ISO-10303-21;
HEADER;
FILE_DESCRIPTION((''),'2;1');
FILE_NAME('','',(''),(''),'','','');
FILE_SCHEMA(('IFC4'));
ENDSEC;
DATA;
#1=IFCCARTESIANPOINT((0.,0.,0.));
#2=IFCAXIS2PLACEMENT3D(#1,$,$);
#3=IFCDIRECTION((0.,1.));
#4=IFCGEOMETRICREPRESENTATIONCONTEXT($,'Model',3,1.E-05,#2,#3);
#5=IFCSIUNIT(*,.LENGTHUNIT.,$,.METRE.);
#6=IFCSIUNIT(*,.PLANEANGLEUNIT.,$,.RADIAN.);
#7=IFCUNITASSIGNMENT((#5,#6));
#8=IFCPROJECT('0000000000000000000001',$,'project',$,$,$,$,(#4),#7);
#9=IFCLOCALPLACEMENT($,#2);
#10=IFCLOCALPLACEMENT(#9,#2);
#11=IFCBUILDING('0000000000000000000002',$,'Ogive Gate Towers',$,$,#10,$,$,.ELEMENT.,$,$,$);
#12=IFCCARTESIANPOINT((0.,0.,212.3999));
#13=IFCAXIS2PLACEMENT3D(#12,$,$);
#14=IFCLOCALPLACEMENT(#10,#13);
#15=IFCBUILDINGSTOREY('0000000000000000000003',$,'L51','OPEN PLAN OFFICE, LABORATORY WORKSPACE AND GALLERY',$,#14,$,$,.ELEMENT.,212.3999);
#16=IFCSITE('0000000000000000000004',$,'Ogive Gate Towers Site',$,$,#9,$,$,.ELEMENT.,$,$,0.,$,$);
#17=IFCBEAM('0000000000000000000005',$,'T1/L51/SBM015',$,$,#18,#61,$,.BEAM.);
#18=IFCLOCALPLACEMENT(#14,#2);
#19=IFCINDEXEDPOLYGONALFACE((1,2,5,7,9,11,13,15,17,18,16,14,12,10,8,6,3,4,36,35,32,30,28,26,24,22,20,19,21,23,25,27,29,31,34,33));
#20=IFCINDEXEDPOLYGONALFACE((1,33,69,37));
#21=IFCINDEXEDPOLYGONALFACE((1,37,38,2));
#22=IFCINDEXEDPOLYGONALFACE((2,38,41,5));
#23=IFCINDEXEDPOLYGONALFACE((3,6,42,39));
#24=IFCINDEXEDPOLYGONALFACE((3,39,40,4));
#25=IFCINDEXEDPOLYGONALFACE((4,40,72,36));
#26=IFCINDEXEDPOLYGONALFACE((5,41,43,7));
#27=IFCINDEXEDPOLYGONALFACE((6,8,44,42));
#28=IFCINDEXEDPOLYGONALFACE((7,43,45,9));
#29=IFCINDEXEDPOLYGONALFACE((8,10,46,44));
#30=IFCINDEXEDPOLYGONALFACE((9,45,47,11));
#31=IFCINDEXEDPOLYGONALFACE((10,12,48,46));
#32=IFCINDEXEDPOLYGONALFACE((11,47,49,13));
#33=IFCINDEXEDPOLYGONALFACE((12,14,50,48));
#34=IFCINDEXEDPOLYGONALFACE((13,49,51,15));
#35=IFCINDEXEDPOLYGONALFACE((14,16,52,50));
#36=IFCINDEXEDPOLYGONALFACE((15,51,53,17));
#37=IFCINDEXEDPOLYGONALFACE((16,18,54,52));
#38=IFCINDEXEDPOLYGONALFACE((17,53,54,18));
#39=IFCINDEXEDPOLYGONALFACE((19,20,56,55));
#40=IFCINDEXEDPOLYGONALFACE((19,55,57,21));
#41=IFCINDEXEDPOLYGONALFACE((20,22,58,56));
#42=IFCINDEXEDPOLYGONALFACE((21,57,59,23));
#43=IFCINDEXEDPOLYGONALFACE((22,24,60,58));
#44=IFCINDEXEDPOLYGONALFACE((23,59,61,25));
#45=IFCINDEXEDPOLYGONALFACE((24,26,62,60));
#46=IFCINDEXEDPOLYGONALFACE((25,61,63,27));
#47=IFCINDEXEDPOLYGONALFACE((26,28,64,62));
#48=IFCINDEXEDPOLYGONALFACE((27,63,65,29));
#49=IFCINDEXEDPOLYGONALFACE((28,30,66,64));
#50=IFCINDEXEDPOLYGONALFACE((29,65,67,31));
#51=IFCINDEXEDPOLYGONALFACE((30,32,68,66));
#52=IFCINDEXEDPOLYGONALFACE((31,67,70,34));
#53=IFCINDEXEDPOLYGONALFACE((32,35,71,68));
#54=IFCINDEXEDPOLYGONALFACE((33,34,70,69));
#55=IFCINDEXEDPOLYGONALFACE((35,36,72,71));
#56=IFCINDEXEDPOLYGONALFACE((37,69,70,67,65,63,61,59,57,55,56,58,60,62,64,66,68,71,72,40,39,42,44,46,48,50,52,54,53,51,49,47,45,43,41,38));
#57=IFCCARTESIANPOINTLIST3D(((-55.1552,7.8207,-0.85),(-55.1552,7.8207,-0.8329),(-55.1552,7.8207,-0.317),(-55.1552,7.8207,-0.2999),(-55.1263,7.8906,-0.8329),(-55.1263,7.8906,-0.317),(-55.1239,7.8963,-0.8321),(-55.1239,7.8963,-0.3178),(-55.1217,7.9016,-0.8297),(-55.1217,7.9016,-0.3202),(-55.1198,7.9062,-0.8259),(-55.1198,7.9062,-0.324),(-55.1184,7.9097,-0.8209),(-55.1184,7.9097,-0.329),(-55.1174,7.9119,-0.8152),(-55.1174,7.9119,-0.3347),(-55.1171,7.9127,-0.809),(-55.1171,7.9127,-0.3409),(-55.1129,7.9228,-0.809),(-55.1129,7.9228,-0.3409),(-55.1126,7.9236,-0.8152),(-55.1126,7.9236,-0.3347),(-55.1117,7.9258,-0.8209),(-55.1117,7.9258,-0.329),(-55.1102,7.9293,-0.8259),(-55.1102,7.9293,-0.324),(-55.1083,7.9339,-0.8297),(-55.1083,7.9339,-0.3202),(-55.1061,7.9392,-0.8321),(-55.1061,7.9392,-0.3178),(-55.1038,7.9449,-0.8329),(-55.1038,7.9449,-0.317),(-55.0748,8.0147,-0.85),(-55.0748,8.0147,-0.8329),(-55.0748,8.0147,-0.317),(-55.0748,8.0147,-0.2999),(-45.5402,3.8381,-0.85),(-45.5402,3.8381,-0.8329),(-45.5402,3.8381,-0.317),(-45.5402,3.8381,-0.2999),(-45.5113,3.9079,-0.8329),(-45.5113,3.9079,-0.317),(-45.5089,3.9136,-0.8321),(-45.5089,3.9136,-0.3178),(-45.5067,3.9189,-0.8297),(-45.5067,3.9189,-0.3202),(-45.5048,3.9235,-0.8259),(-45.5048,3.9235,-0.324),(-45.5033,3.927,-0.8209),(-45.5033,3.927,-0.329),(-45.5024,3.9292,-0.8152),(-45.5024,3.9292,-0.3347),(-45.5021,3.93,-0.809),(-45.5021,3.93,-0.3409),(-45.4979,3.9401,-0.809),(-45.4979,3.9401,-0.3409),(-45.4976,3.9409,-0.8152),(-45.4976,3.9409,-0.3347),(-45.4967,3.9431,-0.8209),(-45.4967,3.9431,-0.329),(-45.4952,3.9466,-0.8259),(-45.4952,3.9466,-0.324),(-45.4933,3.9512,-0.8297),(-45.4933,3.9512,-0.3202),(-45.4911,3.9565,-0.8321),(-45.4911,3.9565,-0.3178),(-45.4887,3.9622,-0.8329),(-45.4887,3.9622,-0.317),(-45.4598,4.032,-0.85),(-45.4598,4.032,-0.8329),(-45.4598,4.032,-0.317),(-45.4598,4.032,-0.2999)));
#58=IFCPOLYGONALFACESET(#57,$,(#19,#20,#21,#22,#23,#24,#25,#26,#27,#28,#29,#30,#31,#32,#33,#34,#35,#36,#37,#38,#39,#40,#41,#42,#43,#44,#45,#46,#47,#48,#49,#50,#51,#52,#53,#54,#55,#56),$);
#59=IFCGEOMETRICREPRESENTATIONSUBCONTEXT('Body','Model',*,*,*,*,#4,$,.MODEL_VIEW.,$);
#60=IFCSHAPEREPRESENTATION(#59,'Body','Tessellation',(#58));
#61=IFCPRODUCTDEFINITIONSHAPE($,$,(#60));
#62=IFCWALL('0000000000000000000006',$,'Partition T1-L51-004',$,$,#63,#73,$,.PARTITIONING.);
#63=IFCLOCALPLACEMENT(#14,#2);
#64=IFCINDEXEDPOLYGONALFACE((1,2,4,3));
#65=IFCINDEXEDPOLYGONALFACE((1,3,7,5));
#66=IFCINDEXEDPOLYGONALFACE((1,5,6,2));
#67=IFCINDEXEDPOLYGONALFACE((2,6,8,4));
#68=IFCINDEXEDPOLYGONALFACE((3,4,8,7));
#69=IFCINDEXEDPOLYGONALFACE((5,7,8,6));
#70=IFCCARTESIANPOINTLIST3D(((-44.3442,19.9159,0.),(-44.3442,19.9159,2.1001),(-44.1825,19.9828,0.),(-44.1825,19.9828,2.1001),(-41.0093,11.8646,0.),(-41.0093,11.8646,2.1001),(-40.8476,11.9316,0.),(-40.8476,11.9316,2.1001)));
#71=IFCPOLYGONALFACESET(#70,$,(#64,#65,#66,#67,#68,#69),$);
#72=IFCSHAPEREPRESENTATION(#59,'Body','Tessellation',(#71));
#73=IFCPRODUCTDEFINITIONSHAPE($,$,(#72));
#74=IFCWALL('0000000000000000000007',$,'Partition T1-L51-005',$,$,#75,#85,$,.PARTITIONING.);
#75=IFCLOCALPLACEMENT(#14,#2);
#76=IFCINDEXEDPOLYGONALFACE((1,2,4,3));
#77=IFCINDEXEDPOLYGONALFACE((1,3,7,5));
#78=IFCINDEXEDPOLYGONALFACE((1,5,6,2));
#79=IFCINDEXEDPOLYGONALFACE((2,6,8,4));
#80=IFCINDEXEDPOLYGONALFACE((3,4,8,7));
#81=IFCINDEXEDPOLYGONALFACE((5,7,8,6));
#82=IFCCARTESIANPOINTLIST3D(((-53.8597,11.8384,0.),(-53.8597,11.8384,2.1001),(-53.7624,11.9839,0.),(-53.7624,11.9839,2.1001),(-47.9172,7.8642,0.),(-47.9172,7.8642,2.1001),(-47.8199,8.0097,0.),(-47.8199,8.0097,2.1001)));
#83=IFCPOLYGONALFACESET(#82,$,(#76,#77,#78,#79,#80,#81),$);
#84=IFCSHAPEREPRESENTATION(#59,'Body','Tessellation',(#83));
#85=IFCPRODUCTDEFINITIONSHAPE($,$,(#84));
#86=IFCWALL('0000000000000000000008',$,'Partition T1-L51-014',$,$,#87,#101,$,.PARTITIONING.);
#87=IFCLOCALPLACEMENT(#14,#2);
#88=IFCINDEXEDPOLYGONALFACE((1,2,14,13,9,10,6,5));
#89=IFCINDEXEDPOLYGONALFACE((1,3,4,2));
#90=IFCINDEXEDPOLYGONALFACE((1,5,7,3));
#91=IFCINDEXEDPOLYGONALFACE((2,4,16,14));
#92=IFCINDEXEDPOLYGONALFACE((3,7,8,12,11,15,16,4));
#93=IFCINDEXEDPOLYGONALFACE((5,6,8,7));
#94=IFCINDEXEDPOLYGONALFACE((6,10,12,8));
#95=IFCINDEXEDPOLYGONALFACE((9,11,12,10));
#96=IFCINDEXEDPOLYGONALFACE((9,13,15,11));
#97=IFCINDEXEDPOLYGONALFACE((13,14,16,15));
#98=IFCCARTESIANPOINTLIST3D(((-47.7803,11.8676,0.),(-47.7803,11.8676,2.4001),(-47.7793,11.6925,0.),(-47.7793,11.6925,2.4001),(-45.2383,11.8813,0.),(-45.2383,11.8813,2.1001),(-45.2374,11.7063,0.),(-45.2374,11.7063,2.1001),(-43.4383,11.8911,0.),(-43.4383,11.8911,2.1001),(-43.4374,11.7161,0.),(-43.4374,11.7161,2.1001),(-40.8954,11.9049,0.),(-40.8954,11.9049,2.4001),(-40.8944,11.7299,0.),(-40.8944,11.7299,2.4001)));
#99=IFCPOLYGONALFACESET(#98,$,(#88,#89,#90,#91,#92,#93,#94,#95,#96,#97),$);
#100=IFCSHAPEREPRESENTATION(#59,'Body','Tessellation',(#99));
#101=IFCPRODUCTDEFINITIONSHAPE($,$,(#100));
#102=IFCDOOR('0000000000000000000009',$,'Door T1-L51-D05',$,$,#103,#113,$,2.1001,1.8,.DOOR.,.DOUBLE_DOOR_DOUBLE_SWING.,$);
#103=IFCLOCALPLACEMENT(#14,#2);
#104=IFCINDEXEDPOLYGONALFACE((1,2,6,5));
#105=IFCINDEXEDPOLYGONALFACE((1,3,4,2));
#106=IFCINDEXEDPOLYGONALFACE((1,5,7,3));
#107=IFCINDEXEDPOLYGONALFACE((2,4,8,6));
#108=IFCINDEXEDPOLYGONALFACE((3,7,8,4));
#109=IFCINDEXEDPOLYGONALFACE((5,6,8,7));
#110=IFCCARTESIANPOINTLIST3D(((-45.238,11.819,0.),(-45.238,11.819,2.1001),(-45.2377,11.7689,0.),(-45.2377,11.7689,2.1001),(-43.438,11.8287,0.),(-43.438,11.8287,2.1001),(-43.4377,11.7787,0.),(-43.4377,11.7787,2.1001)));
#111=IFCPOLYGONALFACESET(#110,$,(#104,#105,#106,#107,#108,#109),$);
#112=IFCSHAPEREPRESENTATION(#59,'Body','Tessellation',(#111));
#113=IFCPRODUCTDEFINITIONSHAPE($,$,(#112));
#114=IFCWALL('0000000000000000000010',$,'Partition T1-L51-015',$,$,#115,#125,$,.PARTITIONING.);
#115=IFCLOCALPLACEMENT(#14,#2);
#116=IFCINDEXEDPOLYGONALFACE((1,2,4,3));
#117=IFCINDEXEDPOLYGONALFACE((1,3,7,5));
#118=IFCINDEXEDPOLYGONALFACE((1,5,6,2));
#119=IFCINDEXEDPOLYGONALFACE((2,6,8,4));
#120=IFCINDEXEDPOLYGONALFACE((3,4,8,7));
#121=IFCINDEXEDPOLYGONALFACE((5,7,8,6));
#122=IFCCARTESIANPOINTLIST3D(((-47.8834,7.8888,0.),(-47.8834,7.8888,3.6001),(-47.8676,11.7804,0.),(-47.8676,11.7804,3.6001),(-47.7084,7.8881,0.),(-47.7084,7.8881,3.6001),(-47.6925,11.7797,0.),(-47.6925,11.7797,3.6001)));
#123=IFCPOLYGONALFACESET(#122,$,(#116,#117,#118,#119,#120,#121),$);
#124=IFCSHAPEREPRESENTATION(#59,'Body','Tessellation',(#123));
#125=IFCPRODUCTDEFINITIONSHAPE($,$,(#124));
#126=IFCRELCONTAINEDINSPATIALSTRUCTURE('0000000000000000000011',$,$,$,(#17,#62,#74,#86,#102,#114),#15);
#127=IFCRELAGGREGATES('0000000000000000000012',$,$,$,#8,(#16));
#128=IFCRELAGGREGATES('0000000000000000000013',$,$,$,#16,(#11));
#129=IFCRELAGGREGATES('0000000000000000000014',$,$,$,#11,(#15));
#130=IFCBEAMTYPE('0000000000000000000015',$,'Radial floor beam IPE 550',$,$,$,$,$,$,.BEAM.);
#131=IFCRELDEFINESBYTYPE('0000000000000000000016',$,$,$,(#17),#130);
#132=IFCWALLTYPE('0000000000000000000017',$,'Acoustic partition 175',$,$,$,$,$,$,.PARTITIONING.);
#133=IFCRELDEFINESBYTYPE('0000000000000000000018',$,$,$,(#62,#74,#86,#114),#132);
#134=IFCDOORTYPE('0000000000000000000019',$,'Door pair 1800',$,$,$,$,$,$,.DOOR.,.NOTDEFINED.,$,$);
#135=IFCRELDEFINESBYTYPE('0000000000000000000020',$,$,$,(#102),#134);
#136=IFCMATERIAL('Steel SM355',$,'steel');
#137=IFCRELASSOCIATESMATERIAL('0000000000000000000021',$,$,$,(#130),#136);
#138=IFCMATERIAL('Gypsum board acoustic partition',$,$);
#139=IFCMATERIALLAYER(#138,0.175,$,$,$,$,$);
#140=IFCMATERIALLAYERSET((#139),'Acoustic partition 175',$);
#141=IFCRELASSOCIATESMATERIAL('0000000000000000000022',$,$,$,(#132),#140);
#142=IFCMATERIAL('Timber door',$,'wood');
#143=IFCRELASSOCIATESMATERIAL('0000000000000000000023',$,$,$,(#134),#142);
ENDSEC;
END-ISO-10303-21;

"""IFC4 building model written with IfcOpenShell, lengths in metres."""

from ifc_helpers import new_model, si_unit, direction, frame, frame_2d, origin, origin_2d, place, context, subcontext, project, spatial, rectangle, i_section, extrude, material, layer, layer_set, material_profile, profile_set, type_object, element, fill, save


model = new_model("IFC4")

# Units and contexts
model_context = context("Model", 3, precision=1e-05, world=origin(), true_north=direction((0.0, 1.0)))
body_context = subcontext(model_context, "Body", "Model", "MODEL_VIEW")
ifc_project = project(units=[si_unit("LENGTHUNIT", "METRE"), si_unit("PLANEANGLEUNIT", "RADIAN")], contexts=[model_context])

# Site, building, storey
site_placement = place(None, origin())
site = spatial("IfcSite", under=ifc_project, at=site_placement, Name="Ogive Gate Towers Site", CompositionType="ELEMENT", RefElevation=0.0)
building_placement = place(site_placement, origin())
building = spatial("IfcBuilding", under=site, at=building_placement, Name="Ogive Gate Towers", CompositionType="ELEMENT")
storey_placement = place(building_placement, frame((0.0, 0.0, 212.3999)))
storey = spatial("IfcBuildingStorey", under=building, at=storey_placement, Name="L51", Description="OPEN PLAN OFFICE, LABORATORY WORKSPACE AND GALLERY", CompositionType="ELEMENT", Elevation=212.3999)

# Beam
ifc_material_1 = material(Name="Steel SM355", Category="steel")
ifc_material_profile_1 = material_profile(ifc_material_1, i_section(OverallWidth=0.21, OverallDepth=0.55, WebThickness=0.011, FlangeThickness=0.0171, FilletRadius=0.0239, at=origin_2d()), Name="IPE 550")
ifc_profile_set_1 = profile_set([ifc_material_profile_1], Name="Steel SM355")
beam_type_1 = type_object("IfcBeamType", Name="Radial floor beam IPE 550", PredefinedType="BEAM", material=ifc_profile_set_1)
beam_1_placement = place(storey_placement, frame((-45.5, 3.9351, -0.575), z_axis=(-0.923879, 0.382684, 0.0), x_axis=(-0.382684, -0.923879, 0.0)))
element("IfcBeam", 1, at=beam_1_placement, inside=storey, type_object=beam_type_1, Name="T1/L51/SBM015", PredefinedType="BEAM", context=body_context, shape_type="SweptSolid", body=[
    extrude(i_section(OverallWidth=0.21, OverallDepth=0.55, WebThickness=0.011, FlangeThickness=0.0171, FilletRadius=0.0239, at=origin_2d()), origin(), (0.0, 0.0, 1.0), 10.4072),
])

# Walls
ifc_material_2 = material(Name="Gypsum board acoustic partition")
ifc_layer_1 = layer(ifc_material_2, 0.175)
ifc_layer_set_1 = layer_set([ifc_layer_1], Name="Acoustic partition 175")
wall_type_1 = type_object("IfcWallType", Name="Acoustic partition 175", PredefinedType="PARTITIONING", material=ifc_layer_set_1)
wall_1_placement = place(storey_placement, frame((-44.2634, 19.9495, 0.0), z_axis=(0.0, 0.0, 1.0), x_axis=(0.382685, -0.923879, 0.0)))
element("IfcWall", 2, at=wall_1_placement, inside=storey, type_object=wall_type_1, Name="Partition T1-L51-004", PredefinedType="PARTITIONING", context=body_context, shape_type="SweptSolid", body=[
    extrude(rectangle(XDim=8.7146, YDim=0.175, at=frame_2d((4.3574, 0.0))), origin(), (0.0, 0.0, 1.0), 2.1001),
])
wall_2_placement = place(storey_placement, frame((-53.811, 11.9111, 0.0), z_axis=(0.0, 0.0, 1.0), x_axis=(0.83124, -0.555913, 0.0)))
element("IfcWall", 3, at=wall_2_placement, inside=storey, type_object=wall_type_1, Name="Partition T1-L51-005", PredefinedType="PARTITIONING", context=body_context, shape_type="SweptSolid", body=[
    extrude(rectangle(XDim=7.1489, YDim=0.175, at=frame_2d((3.5745, 0.0))), origin(), (0.0, 0.0, 1.0), 2.1001),
])

# Wall, opening, door
wall_3_placement = place(storey_placement, frame((-40.895, 11.8174, 0.0), z_axis=(0.0, 0.0, 1.0), x_axis=(-0.999985, -0.005425, 0.0)))
wall_3 = element("IfcWall", 4, at=wall_3_placement, inside=storey, type_object=wall_type_1, Name="Partition T1-L51-014", PredefinedType="PARTITIONING", context=body_context, shape_type="SweptSolid", body=[
    extrude(rectangle(XDim=6.885, YDim=0.175, at=frame_2d((3.4424, 0.0))), origin(), (0.0, 0.0, 1.0), 2.4001),
])
opening_1_placement = place(wall_3_placement, frame((2.543, 0.0, 0.0)))
opening_1 = element("IfcOpeningElement", 5, at=opening_1_placement, cuts=wall_3, PredefinedType="OPENING", context=body_context, shape_type="SweptSolid", body=[
    extrude(rectangle(XDim=1.8, YDim=2.1001, at=frame_2d((0.8999, 1.05))), frame((0.0, 0.0977, 0.0), z_axis=(0.0, -1.0, 0.0), x_axis=(1.0, 0.0, 0.0)), (0.0, 0.0, 1.0), 0.1951),
])
ifc_material_3 = material(Name="Timber door", Category="wood")
door_type_1 = type_object("IfcDoorType", Name="Door pair 1800", OperationType="NOTDEFINED", PredefinedType="DOOR", material=ifc_material_3)
door_1_placement = place(opening_1_placement, origin())
door_1 = element("IfcDoor", 6, at=door_1_placement, inside=storey, type_object=door_type_1, Name="Door T1-L51-D05", OperationType="DOUBLE_DOOR_DOUBLE_SWING", OverallHeight=2.1001, OverallWidth=1.8, PredefinedType="DOOR", context=body_context, shape_type="SweptSolid", body=[
    extrude(rectangle(XDim=1.8, YDim=2.1001, at=frame_2d((0.8999, 1.05))), frame((0.0, 0.0249, 0.0), z_axis=(0.0, -1.0, 0.0), x_axis=(1.0, 0.0, 0.0)), (0.0, 0.0, 1.0), 0.05),
])
fill(opening_1, door_1)

# Wall
wall_4_placement = place(storey_placement, frame((-47.78, 11.78, 0.0), z_axis=(0.0, 0.0, 1.0), x_axis=(-0.004078, -0.999992, 0.0)))
element("IfcWall", 7, at=wall_4_placement, inside=storey, type_object=wall_type_1, Name="Partition T1-L51-015", PredefinedType="PARTITIONING", context=body_context, shape_type="SweptSolid", body=[
    extrude(rectangle(XDim=3.8916, YDim=0.175, at=frame_2d((1.9458, 0.0))), origin(), (0.0, 0.0, 1.0), 3.6001),
])

save(model, "model.ifc")
